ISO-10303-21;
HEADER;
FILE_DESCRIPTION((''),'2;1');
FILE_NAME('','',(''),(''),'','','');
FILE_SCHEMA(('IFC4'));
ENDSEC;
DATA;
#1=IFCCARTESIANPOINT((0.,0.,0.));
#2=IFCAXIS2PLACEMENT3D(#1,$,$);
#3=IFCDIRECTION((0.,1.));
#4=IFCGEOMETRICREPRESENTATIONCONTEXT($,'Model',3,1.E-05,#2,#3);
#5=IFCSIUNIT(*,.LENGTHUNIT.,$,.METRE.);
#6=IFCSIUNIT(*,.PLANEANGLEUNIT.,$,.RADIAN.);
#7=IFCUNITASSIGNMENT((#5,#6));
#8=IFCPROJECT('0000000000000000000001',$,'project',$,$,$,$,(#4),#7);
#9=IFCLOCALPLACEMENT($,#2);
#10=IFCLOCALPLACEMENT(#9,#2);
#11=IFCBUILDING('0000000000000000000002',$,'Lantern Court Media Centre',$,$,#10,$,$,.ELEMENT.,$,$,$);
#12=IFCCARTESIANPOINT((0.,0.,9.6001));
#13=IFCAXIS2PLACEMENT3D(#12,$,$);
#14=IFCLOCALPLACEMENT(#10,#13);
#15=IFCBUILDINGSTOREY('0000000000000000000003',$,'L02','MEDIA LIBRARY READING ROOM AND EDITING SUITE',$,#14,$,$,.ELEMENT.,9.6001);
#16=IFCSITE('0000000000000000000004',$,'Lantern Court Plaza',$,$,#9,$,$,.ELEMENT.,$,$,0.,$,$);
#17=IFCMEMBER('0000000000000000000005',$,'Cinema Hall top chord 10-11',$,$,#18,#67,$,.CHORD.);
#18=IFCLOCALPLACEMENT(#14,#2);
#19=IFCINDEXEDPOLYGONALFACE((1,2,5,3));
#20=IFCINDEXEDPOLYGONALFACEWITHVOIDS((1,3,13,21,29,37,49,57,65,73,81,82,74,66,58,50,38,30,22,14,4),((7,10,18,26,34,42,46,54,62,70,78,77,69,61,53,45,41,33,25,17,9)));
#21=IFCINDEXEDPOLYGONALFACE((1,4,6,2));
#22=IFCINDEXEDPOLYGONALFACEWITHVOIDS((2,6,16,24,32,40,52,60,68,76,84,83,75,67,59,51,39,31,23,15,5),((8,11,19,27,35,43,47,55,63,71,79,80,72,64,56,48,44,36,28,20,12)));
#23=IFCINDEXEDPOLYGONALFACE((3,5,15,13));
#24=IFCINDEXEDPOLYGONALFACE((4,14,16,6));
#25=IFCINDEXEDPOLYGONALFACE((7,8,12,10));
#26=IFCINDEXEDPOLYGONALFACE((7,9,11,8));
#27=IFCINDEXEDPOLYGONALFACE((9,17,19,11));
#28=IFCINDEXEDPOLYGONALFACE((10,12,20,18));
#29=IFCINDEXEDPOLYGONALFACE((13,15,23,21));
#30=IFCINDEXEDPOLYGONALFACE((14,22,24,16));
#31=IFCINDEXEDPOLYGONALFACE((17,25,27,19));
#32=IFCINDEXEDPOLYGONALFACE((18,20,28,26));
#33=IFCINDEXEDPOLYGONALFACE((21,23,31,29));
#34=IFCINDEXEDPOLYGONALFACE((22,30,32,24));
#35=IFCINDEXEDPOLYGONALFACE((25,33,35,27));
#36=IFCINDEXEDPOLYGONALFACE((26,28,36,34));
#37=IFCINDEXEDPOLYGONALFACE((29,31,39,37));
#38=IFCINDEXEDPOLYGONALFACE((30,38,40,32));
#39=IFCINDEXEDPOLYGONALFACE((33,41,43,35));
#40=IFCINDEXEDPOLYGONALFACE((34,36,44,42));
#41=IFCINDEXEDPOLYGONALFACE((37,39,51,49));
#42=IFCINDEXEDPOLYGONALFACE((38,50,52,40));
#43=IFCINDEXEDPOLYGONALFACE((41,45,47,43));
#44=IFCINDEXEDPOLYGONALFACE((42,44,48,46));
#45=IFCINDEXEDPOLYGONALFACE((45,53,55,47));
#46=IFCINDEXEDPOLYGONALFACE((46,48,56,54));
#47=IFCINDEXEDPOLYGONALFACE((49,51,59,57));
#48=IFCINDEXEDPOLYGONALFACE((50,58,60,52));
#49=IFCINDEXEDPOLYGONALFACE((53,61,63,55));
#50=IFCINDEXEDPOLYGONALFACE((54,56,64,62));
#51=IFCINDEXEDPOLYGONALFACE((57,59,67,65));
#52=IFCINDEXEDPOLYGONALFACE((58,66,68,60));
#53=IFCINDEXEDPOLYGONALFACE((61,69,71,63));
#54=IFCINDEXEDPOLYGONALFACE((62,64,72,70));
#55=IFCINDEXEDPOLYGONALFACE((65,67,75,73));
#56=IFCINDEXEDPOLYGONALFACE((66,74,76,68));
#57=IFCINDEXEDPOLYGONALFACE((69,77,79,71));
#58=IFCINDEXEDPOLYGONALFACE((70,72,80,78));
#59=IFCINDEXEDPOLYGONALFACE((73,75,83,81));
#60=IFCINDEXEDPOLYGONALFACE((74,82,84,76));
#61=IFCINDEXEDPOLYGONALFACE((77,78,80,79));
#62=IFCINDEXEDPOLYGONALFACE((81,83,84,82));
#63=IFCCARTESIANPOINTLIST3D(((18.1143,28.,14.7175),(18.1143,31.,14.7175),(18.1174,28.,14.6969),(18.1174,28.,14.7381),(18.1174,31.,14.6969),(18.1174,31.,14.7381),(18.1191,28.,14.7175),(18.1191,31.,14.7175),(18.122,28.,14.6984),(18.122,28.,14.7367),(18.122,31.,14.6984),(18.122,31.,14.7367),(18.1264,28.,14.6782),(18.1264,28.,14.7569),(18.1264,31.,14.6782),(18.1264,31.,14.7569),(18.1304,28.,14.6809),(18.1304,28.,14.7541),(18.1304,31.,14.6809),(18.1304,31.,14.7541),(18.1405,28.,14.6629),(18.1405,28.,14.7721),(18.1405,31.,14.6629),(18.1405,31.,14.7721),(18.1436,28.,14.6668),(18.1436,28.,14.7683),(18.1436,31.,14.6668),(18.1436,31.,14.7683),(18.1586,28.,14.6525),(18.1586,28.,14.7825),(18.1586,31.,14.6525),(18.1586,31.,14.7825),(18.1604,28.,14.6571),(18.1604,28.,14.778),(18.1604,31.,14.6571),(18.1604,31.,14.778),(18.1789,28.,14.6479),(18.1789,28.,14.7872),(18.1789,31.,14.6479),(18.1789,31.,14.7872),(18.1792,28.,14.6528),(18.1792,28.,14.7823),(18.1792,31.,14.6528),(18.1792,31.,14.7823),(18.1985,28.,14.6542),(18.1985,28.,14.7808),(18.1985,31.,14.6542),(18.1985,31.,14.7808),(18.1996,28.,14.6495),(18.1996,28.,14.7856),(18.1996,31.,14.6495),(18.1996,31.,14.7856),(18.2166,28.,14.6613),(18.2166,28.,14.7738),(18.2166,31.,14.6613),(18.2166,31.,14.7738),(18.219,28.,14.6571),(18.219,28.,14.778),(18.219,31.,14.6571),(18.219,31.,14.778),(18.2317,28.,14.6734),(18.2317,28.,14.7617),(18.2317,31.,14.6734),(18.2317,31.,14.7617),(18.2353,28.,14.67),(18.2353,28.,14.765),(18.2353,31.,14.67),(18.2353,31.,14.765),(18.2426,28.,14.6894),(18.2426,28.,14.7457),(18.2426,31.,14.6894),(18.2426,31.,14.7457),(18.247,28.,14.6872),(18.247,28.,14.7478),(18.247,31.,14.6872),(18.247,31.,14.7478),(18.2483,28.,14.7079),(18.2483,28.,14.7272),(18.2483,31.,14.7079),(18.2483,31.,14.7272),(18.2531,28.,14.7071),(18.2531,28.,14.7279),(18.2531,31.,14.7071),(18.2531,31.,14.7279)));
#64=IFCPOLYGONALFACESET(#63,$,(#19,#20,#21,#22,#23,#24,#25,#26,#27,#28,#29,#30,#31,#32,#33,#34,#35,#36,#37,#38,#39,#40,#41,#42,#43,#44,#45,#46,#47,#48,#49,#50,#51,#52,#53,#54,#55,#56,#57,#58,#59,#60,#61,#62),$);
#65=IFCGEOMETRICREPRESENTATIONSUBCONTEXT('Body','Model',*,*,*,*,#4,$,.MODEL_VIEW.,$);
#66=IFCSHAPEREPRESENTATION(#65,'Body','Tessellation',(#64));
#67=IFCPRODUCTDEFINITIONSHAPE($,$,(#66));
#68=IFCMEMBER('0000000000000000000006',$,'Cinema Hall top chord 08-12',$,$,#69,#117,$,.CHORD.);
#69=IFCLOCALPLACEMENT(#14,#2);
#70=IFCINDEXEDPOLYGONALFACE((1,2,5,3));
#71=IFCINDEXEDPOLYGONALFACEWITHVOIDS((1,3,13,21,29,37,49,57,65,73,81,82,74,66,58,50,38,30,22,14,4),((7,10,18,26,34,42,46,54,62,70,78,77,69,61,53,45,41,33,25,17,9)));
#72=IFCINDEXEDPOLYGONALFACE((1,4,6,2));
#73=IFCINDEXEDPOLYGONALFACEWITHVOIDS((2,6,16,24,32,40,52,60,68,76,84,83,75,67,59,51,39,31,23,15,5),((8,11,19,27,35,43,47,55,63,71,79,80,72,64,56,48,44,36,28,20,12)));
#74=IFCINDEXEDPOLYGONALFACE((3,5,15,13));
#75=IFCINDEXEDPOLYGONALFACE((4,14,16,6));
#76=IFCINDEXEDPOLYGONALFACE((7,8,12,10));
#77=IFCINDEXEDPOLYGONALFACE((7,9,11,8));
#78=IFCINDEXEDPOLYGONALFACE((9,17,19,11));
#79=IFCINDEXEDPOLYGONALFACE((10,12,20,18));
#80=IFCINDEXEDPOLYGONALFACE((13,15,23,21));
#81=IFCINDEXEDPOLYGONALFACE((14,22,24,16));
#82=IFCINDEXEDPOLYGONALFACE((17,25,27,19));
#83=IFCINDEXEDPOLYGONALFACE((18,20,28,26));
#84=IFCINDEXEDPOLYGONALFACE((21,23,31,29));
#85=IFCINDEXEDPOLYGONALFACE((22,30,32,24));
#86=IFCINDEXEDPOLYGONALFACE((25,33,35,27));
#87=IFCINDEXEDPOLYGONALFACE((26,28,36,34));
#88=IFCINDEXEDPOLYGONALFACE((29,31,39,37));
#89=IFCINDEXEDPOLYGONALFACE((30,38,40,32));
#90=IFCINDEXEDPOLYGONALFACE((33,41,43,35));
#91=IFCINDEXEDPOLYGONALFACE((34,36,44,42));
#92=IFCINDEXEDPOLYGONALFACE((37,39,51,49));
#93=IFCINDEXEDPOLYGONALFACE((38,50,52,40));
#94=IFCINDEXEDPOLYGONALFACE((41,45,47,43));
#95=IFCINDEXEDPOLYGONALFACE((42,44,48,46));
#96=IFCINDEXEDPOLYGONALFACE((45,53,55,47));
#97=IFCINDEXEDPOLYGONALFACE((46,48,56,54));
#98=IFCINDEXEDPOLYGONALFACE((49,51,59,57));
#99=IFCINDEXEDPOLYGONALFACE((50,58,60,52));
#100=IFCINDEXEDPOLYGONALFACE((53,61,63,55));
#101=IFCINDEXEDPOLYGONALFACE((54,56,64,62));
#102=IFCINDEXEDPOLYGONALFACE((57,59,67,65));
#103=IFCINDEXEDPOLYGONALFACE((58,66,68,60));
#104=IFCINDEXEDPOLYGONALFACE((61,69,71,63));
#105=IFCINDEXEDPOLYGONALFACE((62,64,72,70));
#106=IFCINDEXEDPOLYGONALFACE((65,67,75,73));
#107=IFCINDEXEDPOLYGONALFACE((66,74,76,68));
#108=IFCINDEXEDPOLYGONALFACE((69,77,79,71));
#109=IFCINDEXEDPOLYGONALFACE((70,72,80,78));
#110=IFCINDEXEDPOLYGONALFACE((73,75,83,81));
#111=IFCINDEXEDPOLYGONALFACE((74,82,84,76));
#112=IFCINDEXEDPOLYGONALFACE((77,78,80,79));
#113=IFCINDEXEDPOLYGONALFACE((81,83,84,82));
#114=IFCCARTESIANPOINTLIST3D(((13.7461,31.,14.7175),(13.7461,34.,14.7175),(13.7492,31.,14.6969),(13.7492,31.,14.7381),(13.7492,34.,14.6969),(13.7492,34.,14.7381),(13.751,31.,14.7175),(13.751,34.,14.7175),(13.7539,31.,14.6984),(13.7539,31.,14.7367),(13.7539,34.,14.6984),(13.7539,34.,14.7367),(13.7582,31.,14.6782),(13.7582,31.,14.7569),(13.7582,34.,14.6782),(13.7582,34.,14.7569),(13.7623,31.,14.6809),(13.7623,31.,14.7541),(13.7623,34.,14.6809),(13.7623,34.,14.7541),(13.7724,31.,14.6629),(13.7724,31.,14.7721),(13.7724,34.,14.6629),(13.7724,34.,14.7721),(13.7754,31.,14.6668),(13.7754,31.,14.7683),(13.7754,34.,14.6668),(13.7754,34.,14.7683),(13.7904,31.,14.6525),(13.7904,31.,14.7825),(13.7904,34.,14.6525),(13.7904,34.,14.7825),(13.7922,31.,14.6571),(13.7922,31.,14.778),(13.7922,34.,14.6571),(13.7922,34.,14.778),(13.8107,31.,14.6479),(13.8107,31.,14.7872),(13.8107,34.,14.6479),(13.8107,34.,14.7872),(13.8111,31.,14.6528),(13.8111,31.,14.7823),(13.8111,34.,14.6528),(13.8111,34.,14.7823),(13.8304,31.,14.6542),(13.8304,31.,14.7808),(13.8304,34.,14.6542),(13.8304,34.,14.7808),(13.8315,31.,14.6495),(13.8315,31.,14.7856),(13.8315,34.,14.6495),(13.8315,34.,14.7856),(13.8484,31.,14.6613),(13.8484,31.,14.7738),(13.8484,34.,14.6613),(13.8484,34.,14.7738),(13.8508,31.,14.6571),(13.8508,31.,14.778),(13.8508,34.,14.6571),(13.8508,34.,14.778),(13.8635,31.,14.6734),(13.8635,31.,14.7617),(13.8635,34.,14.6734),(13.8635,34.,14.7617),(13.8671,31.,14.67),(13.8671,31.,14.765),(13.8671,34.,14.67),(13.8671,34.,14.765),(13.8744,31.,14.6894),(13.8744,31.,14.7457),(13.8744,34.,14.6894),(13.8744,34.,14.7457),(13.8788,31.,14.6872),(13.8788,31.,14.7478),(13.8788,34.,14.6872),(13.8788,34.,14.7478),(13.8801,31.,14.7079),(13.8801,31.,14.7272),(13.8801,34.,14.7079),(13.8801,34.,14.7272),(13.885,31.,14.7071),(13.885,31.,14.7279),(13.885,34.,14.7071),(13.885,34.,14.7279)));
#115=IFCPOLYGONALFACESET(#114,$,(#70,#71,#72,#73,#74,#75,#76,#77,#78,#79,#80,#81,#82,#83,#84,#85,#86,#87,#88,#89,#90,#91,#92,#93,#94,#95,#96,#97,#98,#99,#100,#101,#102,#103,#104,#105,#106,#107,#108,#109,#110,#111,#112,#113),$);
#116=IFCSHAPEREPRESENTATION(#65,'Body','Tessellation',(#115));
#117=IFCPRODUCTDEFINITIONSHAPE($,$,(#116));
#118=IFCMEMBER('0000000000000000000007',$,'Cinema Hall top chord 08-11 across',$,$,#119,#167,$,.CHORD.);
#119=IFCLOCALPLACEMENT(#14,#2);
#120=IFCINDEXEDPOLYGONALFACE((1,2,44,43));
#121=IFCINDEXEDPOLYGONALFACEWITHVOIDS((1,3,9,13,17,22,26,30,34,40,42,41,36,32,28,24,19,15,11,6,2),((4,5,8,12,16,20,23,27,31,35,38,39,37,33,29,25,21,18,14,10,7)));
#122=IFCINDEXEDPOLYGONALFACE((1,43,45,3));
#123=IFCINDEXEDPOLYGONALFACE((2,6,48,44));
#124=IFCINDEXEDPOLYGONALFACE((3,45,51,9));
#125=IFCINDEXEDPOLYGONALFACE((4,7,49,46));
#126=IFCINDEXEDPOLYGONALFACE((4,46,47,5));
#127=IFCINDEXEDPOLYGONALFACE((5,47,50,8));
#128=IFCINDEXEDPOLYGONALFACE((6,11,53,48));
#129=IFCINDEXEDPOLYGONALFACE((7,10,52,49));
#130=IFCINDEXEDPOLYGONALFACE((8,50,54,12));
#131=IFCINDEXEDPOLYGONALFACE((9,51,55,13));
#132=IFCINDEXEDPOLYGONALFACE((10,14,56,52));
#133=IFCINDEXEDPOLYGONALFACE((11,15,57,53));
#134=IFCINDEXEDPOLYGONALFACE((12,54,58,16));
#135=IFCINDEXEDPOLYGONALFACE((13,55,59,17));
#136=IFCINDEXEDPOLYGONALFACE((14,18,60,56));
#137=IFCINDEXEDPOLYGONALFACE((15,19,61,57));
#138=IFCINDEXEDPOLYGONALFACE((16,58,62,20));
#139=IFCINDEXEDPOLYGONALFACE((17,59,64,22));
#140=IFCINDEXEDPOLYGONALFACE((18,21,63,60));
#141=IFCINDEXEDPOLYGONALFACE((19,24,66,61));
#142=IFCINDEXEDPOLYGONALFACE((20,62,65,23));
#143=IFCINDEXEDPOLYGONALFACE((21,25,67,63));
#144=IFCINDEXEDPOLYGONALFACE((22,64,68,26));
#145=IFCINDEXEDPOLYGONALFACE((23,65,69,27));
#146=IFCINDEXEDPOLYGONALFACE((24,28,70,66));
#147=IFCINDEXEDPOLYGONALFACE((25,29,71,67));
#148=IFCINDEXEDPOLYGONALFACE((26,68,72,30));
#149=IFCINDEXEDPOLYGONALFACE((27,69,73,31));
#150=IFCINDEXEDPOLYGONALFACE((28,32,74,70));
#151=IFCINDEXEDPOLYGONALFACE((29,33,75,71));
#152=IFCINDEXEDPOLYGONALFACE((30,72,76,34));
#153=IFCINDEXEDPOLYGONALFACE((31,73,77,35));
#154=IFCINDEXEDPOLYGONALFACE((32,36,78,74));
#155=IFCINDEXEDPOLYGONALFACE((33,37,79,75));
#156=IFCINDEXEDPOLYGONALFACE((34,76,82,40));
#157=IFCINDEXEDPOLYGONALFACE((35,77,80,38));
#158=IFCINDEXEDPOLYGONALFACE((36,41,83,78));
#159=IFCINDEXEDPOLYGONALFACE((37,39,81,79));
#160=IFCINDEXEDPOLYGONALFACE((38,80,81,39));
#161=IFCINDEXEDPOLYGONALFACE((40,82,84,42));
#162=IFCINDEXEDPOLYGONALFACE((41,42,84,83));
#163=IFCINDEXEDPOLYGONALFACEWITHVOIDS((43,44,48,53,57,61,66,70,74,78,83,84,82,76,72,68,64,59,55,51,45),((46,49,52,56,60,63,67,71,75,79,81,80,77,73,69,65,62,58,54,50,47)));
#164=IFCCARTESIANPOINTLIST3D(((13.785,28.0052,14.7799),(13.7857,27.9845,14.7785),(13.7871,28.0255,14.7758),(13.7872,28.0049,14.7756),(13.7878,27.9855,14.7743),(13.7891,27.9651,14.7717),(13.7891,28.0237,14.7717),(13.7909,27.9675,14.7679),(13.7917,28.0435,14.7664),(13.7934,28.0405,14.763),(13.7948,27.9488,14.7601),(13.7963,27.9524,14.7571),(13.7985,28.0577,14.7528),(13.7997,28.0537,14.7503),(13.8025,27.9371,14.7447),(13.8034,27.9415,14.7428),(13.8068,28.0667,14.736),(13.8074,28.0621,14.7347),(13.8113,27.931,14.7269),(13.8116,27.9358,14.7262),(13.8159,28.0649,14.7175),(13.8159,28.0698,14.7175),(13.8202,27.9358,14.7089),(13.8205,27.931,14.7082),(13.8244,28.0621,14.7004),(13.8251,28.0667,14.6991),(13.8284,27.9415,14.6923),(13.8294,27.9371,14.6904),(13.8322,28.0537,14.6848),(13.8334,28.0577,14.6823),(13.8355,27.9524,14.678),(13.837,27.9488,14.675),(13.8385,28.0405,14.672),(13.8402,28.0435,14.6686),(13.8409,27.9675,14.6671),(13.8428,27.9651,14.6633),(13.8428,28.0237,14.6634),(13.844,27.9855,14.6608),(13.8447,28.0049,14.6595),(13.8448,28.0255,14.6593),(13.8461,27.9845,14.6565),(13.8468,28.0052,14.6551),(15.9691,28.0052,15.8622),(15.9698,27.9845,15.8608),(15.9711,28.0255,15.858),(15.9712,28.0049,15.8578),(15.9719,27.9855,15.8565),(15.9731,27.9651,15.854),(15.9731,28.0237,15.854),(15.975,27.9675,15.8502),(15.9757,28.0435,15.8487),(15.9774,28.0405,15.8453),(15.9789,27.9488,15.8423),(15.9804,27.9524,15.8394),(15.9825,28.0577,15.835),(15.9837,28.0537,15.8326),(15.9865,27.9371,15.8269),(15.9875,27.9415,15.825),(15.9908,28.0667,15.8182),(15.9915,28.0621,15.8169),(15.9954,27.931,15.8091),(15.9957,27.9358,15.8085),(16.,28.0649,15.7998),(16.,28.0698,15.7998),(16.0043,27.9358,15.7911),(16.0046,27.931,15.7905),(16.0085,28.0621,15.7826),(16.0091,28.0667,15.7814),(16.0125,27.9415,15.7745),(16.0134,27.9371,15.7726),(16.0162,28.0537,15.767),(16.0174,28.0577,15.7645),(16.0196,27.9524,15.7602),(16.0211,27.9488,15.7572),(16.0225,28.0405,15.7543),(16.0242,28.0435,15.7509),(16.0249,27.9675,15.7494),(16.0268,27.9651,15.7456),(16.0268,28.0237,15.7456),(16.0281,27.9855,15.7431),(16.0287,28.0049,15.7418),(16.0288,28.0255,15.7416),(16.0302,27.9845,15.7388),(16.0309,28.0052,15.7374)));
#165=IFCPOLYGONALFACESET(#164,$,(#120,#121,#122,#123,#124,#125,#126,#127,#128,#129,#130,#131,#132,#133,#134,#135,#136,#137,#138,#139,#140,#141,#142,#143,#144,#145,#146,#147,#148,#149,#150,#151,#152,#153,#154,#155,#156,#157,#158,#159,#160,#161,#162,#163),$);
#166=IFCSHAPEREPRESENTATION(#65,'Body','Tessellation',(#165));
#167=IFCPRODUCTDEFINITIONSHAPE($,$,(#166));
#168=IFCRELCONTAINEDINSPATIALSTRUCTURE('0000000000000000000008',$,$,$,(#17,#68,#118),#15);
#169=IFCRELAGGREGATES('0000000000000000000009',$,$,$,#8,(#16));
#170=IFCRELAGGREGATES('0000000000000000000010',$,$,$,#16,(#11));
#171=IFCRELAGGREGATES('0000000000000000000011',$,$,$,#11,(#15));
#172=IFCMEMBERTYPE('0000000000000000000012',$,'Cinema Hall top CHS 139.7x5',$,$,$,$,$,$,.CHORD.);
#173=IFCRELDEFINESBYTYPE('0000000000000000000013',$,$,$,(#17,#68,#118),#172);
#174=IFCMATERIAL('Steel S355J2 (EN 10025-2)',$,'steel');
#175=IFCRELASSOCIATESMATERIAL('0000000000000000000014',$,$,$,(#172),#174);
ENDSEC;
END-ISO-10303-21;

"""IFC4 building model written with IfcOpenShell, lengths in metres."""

from ifc_helpers import new_model, si_unit, direction, frame, origin, origin_2d, place, context, subcontext, project, spatial, hollow_circle, extrude, material, material_profile, profile_set, type_object, element, save


model = new_model("IFC4")

# Units and contexts
model_context = context("Model", 3, precision=1e-05, world=origin(), true_north=direction((0.0, 1.0)))
body_context = subcontext(model_context, "Body", "Model", "MODEL_VIEW")
ifc_project = project(units=[si_unit("LENGTHUNIT", "METRE"), si_unit("PLANEANGLEUNIT", "RADIAN")], contexts=[model_context])

# Site, building, storey
site_placement = place(None, origin())
site = spatial("IfcSite", under=ifc_project, at=site_placement, Name="Lantern Court Plaza", CompositionType="ELEMENT", RefElevation=0.0)
building_placement = place(site_placement, origin())
building = spatial("IfcBuilding", under=site, at=building_placement, Name="Lantern Court Media Centre", CompositionType="ELEMENT")
storey_placement = place(building_placement, frame((0.0, 0.0, 9.6001)))
storey = spatial("IfcBuildingStorey", under=building, at=storey_placement, Name="L02", Description="MEDIA LIBRARY READING ROOM AND EDITING SUITE", CompositionType="ELEMENT", Elevation=9.6001)

# Members
ifc_material = material(Name="Steel S355J2 (EN 10025-2)", Category="steel")
ifc_material_profile_1 = material_profile(ifc_material, hollow_circle(Radius=0.0698, WallThickness=0.0049, at=origin_2d()), Name="Cinema Hall top CHS 139.7x5")
ifc_profile_set_1 = profile_set([ifc_material_profile_1], Name="Steel S355J2 (EN 10025-2)")
member_type_1 = type_object("IfcMemberType", Name="Cinema Hall top CHS 139.7x5", PredefinedType="CHORD", material=ifc_profile_set_1)
for number, where, z_axis, x_axis, name in (
    (1, (18.1841, 28.0, 14.7175), (0.0, 1.0, 0.0), (-1.0, 0.0, 0.0), "Cinema Hall top chord 10-11"),
    (2, (13.8159, 31.0, 14.7175), (0.0, 1.0, 0.0), (-1.0, 0.0, 0.0), "Cinema Hall top chord 08-12"),
):
    element("IfcMember", number, at=place(storey_placement, frame(where, z_axis=z_axis, x_axis=x_axis)), inside=storey, type_object=member_type_1, Name=name, PredefinedType="CHORD", context=body_context, shape_type="SweptSolid", body=[
        extrude(hollow_circle(Radius=0.0698, WallThickness=0.0049, at=origin_2d()), origin(), (0.0, 0.0, 1.0), 3.0),
    ])
for number, where, z_axis, x_axis, name in (
    (3, (13.8159, 28.0, 14.7175), (0.896024, 0.0, 0.444006), (0.0, 1.0, 0.0), "Cinema Hall top chord 08-11 across"),
):
    element("IfcMember", number, at=place(storey_placement, frame(where, z_axis=z_axis, x_axis=x_axis)), inside=storey, type_object=member_type_1, Name=name, PredefinedType="CHORD", context=body_context, shape_type="SweptSolid", body=[
        extrude(hollow_circle(Radius=0.0698, WallThickness=0.0049, at=origin_2d()), origin(), (0.0, 0.0, 1.0), 2.4375),
    ])

save(model, "model.ifc")
